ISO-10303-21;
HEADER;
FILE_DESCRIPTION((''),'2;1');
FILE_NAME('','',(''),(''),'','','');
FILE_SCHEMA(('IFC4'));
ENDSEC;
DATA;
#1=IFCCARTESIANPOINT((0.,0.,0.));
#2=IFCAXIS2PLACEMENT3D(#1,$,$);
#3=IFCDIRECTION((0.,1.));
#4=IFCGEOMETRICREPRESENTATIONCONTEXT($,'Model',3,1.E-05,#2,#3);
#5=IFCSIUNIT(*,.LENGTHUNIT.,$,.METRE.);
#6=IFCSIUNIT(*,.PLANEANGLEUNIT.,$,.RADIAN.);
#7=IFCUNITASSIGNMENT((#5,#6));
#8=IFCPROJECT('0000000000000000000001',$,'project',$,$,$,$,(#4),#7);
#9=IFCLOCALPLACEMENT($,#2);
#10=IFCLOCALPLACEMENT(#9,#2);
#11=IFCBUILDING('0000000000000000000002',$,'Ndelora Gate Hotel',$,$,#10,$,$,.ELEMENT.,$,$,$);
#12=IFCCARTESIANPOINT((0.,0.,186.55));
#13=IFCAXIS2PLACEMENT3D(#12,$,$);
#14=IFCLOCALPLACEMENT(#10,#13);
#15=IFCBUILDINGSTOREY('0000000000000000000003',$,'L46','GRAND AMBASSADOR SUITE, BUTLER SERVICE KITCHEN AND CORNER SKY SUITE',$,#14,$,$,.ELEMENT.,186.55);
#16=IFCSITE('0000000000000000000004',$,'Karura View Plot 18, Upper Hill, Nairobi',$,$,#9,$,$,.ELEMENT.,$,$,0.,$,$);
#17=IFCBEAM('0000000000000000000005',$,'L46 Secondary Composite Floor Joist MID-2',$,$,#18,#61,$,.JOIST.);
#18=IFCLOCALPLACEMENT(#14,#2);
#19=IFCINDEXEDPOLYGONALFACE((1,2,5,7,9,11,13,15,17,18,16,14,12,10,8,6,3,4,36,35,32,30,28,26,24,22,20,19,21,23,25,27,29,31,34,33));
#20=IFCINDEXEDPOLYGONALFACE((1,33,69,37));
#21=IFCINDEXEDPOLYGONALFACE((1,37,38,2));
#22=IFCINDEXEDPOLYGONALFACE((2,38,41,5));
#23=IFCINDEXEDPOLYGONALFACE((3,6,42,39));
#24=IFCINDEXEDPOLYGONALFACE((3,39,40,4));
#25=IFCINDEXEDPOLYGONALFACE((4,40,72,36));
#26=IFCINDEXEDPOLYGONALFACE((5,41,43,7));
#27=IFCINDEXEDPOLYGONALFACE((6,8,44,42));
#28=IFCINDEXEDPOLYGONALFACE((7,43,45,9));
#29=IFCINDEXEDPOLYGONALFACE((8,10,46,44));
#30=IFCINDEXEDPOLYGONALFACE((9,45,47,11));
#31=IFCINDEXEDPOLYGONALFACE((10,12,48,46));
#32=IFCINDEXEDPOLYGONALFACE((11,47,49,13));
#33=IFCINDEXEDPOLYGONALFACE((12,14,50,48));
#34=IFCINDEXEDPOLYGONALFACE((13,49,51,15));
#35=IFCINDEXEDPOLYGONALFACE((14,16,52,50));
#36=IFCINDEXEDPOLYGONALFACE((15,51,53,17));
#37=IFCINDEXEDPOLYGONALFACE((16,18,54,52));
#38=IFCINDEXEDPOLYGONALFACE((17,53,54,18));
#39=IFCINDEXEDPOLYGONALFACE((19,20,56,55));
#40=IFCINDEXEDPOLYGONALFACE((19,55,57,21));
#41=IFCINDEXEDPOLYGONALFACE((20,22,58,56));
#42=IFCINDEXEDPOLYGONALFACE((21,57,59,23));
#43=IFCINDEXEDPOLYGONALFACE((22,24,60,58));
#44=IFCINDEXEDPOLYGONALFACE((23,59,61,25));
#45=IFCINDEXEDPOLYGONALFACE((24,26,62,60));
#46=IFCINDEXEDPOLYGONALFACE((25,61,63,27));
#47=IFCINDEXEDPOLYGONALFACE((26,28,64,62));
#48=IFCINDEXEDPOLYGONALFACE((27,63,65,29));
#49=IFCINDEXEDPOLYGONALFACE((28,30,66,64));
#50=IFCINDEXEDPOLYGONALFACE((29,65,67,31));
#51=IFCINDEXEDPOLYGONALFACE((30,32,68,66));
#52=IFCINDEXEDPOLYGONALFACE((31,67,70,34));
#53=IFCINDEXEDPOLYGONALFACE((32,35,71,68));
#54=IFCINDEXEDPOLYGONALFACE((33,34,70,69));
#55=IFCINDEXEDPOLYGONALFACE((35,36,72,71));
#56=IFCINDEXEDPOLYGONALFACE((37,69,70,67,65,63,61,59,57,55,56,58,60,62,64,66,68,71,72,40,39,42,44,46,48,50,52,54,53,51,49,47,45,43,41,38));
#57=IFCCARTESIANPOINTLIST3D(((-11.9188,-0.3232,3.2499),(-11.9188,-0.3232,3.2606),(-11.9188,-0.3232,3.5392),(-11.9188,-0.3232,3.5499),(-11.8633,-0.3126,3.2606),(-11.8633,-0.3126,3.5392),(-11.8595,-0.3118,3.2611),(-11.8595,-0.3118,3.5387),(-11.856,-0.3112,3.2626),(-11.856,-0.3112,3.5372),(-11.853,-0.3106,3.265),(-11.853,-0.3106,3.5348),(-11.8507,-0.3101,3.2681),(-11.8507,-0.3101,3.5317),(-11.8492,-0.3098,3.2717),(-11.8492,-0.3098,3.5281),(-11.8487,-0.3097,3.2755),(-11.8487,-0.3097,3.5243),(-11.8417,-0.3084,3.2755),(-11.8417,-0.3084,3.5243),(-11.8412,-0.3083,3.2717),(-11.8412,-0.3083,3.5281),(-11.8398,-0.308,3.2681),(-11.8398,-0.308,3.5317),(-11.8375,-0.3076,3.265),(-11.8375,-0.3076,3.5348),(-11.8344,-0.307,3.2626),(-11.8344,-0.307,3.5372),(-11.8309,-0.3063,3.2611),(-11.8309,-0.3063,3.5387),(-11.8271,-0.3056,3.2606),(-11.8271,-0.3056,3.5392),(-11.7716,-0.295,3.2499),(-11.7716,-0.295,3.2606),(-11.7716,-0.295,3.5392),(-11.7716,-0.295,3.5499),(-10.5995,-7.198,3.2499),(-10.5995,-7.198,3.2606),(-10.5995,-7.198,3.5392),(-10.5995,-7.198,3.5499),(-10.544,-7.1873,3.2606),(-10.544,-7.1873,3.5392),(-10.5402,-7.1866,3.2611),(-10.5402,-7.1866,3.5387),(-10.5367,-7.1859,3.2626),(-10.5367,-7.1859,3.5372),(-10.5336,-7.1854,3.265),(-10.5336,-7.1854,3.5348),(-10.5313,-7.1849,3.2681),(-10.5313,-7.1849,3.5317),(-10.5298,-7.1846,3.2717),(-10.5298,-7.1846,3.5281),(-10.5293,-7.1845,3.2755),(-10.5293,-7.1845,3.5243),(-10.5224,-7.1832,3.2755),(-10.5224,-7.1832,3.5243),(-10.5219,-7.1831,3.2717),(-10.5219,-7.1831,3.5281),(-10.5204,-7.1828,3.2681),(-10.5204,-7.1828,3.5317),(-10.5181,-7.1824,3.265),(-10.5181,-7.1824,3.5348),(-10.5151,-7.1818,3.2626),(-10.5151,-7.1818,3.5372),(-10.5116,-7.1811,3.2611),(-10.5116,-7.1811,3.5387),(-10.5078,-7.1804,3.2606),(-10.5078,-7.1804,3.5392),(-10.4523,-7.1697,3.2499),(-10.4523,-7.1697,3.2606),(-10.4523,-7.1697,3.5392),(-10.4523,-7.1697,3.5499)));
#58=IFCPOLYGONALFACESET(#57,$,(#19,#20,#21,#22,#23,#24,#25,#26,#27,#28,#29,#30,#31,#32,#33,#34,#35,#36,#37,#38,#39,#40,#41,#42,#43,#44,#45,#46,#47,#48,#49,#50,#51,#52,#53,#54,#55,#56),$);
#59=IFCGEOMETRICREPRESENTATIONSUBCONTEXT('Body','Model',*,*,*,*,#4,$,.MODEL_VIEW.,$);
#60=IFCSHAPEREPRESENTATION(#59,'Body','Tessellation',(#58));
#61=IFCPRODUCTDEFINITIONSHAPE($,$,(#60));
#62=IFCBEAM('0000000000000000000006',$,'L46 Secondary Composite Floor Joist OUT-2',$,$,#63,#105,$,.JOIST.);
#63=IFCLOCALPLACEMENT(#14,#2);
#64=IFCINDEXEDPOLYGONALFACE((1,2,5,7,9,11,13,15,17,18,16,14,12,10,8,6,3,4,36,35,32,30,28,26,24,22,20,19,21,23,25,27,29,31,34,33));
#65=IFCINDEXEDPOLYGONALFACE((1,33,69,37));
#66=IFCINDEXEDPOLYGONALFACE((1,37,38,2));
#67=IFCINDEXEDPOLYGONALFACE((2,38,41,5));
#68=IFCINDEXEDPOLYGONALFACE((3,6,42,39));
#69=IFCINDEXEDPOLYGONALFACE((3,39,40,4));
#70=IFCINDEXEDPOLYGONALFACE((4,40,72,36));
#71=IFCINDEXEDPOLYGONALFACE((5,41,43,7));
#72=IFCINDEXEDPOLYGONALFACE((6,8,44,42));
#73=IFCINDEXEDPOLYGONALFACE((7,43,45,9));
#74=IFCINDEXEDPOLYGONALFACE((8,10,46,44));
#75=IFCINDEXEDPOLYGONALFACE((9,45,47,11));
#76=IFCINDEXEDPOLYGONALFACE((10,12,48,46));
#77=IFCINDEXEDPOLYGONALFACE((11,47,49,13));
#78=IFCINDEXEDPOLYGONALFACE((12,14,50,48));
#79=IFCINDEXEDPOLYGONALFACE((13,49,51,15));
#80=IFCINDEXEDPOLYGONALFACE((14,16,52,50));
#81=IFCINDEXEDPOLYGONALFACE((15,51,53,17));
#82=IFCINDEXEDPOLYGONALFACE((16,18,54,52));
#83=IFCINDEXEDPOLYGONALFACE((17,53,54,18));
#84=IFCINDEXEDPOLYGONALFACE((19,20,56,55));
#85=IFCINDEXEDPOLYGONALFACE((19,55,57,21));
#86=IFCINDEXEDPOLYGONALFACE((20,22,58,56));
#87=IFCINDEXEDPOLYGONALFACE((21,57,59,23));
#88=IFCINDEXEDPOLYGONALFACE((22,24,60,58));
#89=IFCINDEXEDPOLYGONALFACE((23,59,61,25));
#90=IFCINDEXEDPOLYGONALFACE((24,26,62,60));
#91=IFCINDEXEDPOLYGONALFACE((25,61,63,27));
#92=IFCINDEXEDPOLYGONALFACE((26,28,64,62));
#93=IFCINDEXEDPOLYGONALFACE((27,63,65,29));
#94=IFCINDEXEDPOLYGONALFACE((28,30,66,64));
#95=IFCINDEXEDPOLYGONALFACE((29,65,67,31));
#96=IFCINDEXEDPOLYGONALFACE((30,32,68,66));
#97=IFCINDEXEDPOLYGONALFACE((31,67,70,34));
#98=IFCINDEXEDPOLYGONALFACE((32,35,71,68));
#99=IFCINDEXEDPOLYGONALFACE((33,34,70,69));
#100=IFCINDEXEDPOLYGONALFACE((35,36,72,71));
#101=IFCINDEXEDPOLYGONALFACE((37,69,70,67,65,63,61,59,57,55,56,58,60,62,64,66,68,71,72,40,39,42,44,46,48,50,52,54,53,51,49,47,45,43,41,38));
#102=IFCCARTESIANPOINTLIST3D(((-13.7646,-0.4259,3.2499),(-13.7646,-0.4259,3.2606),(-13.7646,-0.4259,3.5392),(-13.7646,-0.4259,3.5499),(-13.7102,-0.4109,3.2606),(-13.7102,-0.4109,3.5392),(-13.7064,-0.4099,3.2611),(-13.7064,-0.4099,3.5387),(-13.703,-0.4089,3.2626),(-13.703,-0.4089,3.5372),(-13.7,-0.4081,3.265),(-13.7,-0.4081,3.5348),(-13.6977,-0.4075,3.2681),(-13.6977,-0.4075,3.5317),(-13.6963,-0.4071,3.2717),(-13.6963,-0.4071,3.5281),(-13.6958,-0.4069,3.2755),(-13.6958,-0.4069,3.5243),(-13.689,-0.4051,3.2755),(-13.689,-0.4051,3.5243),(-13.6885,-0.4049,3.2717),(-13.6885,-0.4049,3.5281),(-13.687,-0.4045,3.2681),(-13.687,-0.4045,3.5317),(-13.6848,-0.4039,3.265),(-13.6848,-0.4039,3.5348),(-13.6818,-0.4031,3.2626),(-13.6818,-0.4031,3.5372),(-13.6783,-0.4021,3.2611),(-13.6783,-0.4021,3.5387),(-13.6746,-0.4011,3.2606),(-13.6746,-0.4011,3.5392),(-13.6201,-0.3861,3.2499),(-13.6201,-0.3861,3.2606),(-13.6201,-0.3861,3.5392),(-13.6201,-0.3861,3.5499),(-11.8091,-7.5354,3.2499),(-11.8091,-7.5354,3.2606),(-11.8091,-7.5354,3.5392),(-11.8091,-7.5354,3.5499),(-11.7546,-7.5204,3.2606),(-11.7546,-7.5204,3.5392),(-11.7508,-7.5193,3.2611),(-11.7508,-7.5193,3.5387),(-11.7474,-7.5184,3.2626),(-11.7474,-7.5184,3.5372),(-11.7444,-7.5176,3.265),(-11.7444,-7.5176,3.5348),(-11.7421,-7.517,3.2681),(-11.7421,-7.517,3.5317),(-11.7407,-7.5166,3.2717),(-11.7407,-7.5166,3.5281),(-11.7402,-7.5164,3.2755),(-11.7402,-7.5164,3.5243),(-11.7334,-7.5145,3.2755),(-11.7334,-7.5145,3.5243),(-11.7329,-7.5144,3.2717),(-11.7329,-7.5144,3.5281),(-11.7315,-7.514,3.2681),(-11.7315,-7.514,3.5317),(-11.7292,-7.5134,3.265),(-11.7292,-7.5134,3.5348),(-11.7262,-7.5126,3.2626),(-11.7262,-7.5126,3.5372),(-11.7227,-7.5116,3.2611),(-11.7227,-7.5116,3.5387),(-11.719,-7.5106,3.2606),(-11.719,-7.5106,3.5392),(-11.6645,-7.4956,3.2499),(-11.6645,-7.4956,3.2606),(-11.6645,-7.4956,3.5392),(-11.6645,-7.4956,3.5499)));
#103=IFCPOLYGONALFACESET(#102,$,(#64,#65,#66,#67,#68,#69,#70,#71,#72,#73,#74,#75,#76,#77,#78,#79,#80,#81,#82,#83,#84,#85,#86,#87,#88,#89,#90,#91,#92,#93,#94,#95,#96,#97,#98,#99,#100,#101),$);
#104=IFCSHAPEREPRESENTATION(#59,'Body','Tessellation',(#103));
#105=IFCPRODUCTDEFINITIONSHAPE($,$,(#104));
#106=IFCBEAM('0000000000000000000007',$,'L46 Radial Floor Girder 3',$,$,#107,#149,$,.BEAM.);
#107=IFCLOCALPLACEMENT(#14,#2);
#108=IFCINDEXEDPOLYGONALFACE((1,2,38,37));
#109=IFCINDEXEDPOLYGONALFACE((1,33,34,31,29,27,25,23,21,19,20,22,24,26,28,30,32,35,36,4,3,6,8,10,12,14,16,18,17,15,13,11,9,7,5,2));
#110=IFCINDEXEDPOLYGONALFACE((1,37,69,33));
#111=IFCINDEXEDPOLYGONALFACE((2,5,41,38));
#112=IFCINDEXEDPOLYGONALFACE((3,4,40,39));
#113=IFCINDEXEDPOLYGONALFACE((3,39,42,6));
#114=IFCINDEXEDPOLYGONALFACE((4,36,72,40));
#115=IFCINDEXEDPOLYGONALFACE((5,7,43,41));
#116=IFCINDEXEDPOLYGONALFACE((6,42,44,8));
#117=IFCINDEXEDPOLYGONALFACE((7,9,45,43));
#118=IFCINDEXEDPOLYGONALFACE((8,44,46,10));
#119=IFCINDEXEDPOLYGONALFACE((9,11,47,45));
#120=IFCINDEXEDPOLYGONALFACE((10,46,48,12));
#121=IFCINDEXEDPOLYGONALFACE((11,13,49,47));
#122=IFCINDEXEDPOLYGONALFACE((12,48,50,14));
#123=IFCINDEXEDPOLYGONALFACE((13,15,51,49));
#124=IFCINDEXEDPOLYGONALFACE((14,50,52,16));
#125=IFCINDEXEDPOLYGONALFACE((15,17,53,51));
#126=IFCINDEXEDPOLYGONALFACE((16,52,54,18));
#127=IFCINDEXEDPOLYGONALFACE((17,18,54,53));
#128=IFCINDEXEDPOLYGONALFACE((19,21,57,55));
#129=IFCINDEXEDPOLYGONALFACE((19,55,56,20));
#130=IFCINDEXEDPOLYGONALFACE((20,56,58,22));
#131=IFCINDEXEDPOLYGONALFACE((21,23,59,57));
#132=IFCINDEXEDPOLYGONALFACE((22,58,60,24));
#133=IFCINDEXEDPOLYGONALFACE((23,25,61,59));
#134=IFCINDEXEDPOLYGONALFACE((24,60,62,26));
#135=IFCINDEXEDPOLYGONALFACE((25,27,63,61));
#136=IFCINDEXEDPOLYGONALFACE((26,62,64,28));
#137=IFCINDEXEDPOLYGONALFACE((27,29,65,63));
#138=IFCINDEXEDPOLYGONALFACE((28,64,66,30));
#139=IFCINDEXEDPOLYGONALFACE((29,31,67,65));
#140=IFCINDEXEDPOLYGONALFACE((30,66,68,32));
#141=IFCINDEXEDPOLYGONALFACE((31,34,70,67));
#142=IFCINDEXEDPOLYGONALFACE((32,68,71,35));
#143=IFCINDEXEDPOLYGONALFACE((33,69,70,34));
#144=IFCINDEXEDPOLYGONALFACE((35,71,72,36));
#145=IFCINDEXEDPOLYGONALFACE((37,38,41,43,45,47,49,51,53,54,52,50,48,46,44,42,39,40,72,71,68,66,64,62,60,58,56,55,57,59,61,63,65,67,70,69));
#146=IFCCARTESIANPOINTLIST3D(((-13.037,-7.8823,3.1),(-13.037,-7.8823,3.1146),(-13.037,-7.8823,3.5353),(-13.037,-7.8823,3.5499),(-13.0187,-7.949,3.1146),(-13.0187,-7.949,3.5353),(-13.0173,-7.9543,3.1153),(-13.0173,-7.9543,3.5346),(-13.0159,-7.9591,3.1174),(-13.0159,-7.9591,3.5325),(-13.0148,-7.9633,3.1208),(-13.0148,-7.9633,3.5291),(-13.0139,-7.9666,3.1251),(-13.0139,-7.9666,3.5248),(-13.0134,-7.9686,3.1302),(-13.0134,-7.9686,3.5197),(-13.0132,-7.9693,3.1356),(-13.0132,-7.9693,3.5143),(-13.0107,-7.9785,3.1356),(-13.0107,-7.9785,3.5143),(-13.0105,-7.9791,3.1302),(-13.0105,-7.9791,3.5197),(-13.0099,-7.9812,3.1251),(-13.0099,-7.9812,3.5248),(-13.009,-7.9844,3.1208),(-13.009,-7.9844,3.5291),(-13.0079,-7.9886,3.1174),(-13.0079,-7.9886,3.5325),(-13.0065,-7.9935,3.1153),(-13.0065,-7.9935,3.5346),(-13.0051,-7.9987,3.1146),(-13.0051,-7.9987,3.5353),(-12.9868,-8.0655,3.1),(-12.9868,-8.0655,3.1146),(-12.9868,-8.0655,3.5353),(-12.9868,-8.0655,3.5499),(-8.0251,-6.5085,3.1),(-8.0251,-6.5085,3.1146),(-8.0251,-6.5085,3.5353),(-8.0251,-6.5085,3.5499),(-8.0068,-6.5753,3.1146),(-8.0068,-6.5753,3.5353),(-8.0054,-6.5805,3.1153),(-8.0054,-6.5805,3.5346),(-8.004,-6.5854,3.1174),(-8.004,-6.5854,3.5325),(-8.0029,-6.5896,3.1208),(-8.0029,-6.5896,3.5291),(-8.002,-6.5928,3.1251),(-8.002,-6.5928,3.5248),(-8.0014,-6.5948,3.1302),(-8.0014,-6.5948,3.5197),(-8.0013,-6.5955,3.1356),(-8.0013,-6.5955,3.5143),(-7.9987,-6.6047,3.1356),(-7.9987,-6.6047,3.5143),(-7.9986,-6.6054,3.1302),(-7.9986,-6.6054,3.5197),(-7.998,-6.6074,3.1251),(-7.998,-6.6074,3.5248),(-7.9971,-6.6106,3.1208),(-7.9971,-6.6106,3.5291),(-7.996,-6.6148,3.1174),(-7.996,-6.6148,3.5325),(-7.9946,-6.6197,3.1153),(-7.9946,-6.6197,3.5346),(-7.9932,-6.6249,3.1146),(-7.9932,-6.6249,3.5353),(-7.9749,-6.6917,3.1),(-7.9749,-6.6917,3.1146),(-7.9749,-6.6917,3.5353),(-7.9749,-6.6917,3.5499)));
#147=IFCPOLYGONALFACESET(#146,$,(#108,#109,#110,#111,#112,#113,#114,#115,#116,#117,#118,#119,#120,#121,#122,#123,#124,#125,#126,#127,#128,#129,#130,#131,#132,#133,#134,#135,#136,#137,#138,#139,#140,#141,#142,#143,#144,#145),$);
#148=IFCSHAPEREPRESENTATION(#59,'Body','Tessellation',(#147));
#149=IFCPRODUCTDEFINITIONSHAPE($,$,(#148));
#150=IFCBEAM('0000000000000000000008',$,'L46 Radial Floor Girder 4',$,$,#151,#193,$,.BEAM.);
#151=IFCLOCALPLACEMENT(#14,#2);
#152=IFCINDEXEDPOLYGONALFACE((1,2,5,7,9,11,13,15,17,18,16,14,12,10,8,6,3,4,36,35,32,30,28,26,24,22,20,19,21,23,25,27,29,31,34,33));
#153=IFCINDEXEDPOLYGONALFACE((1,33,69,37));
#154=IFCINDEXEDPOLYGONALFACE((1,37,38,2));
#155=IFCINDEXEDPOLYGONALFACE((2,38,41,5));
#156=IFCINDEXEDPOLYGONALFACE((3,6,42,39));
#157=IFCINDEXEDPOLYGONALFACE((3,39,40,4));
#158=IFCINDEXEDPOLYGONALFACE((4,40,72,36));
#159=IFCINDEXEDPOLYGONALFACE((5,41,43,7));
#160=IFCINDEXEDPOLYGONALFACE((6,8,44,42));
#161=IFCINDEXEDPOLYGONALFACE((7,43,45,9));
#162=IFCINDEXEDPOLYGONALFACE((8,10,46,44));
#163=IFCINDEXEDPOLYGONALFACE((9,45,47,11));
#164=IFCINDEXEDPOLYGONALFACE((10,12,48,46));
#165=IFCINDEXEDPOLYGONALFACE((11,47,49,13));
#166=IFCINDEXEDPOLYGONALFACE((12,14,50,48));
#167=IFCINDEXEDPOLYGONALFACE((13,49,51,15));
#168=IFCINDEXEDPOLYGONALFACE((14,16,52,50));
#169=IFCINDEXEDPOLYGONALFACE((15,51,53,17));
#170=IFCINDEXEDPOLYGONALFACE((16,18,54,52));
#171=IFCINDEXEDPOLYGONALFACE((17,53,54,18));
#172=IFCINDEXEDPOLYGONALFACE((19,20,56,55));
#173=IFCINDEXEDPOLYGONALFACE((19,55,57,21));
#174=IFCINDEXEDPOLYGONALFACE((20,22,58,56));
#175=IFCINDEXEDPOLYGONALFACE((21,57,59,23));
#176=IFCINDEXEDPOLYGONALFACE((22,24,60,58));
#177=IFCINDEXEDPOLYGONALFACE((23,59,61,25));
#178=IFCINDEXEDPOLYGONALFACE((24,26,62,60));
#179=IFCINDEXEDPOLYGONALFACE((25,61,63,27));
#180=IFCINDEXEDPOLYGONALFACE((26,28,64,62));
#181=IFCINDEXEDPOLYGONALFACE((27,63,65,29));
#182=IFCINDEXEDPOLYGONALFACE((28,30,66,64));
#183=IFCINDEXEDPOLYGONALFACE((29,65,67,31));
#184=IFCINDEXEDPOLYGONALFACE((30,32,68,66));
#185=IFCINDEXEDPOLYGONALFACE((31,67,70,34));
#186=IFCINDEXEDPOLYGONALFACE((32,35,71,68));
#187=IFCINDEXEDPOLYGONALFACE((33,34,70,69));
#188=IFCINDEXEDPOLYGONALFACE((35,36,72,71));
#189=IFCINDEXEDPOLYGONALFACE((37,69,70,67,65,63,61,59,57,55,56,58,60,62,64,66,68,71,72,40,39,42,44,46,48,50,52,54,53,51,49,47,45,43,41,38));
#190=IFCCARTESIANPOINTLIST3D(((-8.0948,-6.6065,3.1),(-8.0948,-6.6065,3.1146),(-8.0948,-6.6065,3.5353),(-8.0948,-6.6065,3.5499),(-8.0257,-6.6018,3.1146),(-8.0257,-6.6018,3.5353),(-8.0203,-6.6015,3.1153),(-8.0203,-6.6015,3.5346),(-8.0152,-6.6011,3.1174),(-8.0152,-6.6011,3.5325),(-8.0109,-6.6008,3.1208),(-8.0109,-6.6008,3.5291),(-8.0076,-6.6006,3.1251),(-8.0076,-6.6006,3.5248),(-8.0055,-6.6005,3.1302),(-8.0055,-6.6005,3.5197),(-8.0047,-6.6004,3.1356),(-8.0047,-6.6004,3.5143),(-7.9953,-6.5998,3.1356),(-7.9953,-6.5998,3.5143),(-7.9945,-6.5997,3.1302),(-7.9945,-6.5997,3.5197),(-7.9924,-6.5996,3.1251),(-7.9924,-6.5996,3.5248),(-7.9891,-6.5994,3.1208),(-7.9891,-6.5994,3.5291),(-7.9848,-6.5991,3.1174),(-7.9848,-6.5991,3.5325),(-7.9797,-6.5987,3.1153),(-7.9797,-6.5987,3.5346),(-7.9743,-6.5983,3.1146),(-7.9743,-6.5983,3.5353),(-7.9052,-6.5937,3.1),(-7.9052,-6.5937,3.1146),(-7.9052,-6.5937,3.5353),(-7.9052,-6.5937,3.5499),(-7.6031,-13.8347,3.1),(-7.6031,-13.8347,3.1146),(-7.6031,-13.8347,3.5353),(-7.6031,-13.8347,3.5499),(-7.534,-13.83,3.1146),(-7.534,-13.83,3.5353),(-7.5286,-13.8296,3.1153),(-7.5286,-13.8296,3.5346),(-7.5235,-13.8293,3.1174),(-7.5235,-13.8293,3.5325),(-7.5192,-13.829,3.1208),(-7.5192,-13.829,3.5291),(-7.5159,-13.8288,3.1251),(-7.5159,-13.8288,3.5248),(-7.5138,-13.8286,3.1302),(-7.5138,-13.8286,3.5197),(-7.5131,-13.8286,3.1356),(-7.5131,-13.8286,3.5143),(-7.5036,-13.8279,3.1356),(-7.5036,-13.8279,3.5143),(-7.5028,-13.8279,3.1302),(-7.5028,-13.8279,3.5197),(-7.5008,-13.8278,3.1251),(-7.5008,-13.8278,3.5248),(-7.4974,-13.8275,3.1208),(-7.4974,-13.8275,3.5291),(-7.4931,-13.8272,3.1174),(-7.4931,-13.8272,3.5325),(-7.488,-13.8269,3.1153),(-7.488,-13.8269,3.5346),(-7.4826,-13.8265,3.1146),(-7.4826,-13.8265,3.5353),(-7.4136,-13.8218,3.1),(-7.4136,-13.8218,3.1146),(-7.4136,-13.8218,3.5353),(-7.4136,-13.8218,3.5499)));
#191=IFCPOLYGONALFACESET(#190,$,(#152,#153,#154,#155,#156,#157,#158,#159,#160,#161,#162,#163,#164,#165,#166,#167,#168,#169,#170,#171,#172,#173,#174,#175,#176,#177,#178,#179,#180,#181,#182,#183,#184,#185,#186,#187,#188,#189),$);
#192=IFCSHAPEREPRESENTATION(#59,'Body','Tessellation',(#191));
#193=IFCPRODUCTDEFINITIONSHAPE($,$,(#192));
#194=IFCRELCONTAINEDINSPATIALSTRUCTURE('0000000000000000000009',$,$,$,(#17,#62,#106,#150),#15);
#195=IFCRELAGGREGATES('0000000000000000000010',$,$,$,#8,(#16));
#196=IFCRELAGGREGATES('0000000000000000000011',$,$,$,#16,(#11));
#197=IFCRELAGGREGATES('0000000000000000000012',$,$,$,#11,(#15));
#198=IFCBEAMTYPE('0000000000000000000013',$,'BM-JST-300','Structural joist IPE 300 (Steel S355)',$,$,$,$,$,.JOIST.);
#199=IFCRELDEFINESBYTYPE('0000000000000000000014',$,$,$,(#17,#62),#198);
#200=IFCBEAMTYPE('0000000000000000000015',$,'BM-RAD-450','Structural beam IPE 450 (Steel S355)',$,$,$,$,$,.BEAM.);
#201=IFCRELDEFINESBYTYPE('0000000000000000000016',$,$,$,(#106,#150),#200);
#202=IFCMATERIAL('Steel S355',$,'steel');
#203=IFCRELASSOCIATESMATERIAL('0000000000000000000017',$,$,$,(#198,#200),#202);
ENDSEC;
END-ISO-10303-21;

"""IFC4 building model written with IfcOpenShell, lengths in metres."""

from ifc_helpers import new_model, si_unit, direction, frame, origin, origin_2d, place, context, subcontext, project, spatial, i_section, extrude, material, material_profile, profile_set, type_object, element, save


model = new_model("IFC4")

# Units and contexts
model_context = context("Model", 3, precision=1e-05, world=origin(), true_north=direction((0.0, 1.0)))
body_context = subcontext(model_context, "Body", "Model", "MODEL_VIEW")
ifc_project = project(units=[si_unit("LENGTHUNIT", "METRE"), si_unit("PLANEANGLEUNIT", "RADIAN")], contexts=[model_context])

# Site, building, storey
site_placement = place(None, origin())
site = spatial("IfcSite", under=ifc_project, at=site_placement, Name="Karura View Plot 18, Upper Hill, Nairobi", CompositionType="ELEMENT", RefElevation=0.0)
building_placement = place(site_placement, origin())
building = spatial("IfcBuilding", under=site, at=building_placement, Name="Ndelora Gate Hotel", CompositionType="ELEMENT")
storey_placement = place(building_placement, frame((0.0, 0.0, 186.55)))
storey = spatial("IfcBuildingStorey", under=building, at=storey_placement, Name="L46", Description="GRAND AMBASSADOR SUITE, BUTLER SERVICE KITCHEN AND CORNER SKY SUITE", CompositionType="ELEMENT", Elevation=186.55)

# Beams
ifc_material_1 = material(Name="Steel S355", Category="steel")
ifc_material_profile_1 = material_profile(ifc_material_1, i_section(OverallWidth=0.1499, OverallDepth=0.3, WebThickness=0.0071, FlangeThickness=0.0107, FilletRadius=0.0149, at=origin_2d()), Name="IPE 300")
ifc_profile_set_1 = profile_set([ifc_material_profile_1], Name="Steel S355")
beam_type_1 = type_object("IfcBeamType", Name="BM-JST-300", Description="Structural joist IPE 300 (Steel S355)", PredefinedType="JOIST", material=ifc_profile_set_1)
beam_1_placement = place(storey_placement, frame((-11.8452, -0.3091, 3.3999), z_axis=(0.188471, -0.982079, 0.0), x_axis=(0.982079, 0.188471, 0.0)))
element("IfcBeam", 1, at=beam_1_placement, inside=storey, type_object=beam_type_1, Name="L46 Secondary Composite Floor Joist MID-2", PredefinedType="JOIST", context=body_context, shape_type="SweptSolid", body=[
    extrude(i_section(OverallWidth=0.1499, OverallDepth=0.3, WebThickness=0.0071, FlangeThickness=0.0107, FilletRadius=0.0149, at=origin_2d()), origin(), (0.0, 0.0, 1.0), 7.0002),
])
beam_2_placement = place(storey_placement, frame((-13.6924, -0.406, 3.3999), z_axis=(0.265218, -0.964188, 0.0), x_axis=(0.964188, 0.265218, 0.0)))
element("IfcBeam", 2, at=beam_2_placement, inside=storey, type_object=beam_type_1, Name="L46 Secondary Composite Floor Joist OUT-2", PredefinedType="JOIST", context=body_context, shape_type="SweptSolid", body=[
    extrude(i_section(OverallWidth=0.1499, OverallDepth=0.3, WebThickness=0.0071, FlangeThickness=0.0107, FilletRadius=0.0149, at=origin_2d()), origin(), (0.0, 0.0, 1.0), 7.3735),
])
ifc_material_profile_2 = material_profile(ifc_material_1, i_section(OverallWidth=0.1899, OverallDepth=0.45, WebThickness=0.0095, FlangeThickness=0.0146, FilletRadius=0.021, at=origin_2d()), Name="IPE 450")
ifc_profile_set_2 = profile_set([ifc_material_profile_2], Name="Steel S355")
beam_type_2 = type_object("IfcBeamType", Name="BM-RAD-450", Description="Structural beam IPE 450 (Steel S355)", PredefinedType="BEAM", material=ifc_profile_set_2)
beam_3_placement = place(storey_placement, frame((-8.0, -6.6001, 3.325), z_axis=(-0.964427, -0.264349, 0.0), x_axis=(0.264349, -0.964427, 0.0)))
element("IfcBeam", 3, at=beam_3_placement, inside=storey, type_object=beam_type_2, Name="L46 Radial Floor Girder 3", PredefinedType="BEAM", context=body_context, shape_type="SweptSolid", body=[
    extrude(i_section(OverallWidth=0.1899, OverallDepth=0.45, WebThickness=0.0095, FlangeThickness=0.0146, FilletRadius=0.021, at=origin_2d()), origin(), (0.0, 0.0, 1.0), 5.1968),
])
beam_4_placement = place(storey_placement, frame((-8.0, -6.6001, 3.325), z_axis=(0.067868, -0.997694, 0.0), x_axis=(0.997694, 0.067868, 0.0)))
element("IfcBeam", 4, at=beam_4_placement, inside=storey, type_object=beam_type_2, Name="L46 Radial Floor Girder 4", PredefinedType="BEAM", context=body_context, shape_type="SweptSolid", body=[
    extrude(i_section(OverallWidth=0.1899, OverallDepth=0.45, WebThickness=0.0095, FlangeThickness=0.0146, FilletRadius=0.021, at=origin_2d()), origin(), (0.0, 0.0, 1.0), 7.2449),
])

save(model, "model.ifc")
